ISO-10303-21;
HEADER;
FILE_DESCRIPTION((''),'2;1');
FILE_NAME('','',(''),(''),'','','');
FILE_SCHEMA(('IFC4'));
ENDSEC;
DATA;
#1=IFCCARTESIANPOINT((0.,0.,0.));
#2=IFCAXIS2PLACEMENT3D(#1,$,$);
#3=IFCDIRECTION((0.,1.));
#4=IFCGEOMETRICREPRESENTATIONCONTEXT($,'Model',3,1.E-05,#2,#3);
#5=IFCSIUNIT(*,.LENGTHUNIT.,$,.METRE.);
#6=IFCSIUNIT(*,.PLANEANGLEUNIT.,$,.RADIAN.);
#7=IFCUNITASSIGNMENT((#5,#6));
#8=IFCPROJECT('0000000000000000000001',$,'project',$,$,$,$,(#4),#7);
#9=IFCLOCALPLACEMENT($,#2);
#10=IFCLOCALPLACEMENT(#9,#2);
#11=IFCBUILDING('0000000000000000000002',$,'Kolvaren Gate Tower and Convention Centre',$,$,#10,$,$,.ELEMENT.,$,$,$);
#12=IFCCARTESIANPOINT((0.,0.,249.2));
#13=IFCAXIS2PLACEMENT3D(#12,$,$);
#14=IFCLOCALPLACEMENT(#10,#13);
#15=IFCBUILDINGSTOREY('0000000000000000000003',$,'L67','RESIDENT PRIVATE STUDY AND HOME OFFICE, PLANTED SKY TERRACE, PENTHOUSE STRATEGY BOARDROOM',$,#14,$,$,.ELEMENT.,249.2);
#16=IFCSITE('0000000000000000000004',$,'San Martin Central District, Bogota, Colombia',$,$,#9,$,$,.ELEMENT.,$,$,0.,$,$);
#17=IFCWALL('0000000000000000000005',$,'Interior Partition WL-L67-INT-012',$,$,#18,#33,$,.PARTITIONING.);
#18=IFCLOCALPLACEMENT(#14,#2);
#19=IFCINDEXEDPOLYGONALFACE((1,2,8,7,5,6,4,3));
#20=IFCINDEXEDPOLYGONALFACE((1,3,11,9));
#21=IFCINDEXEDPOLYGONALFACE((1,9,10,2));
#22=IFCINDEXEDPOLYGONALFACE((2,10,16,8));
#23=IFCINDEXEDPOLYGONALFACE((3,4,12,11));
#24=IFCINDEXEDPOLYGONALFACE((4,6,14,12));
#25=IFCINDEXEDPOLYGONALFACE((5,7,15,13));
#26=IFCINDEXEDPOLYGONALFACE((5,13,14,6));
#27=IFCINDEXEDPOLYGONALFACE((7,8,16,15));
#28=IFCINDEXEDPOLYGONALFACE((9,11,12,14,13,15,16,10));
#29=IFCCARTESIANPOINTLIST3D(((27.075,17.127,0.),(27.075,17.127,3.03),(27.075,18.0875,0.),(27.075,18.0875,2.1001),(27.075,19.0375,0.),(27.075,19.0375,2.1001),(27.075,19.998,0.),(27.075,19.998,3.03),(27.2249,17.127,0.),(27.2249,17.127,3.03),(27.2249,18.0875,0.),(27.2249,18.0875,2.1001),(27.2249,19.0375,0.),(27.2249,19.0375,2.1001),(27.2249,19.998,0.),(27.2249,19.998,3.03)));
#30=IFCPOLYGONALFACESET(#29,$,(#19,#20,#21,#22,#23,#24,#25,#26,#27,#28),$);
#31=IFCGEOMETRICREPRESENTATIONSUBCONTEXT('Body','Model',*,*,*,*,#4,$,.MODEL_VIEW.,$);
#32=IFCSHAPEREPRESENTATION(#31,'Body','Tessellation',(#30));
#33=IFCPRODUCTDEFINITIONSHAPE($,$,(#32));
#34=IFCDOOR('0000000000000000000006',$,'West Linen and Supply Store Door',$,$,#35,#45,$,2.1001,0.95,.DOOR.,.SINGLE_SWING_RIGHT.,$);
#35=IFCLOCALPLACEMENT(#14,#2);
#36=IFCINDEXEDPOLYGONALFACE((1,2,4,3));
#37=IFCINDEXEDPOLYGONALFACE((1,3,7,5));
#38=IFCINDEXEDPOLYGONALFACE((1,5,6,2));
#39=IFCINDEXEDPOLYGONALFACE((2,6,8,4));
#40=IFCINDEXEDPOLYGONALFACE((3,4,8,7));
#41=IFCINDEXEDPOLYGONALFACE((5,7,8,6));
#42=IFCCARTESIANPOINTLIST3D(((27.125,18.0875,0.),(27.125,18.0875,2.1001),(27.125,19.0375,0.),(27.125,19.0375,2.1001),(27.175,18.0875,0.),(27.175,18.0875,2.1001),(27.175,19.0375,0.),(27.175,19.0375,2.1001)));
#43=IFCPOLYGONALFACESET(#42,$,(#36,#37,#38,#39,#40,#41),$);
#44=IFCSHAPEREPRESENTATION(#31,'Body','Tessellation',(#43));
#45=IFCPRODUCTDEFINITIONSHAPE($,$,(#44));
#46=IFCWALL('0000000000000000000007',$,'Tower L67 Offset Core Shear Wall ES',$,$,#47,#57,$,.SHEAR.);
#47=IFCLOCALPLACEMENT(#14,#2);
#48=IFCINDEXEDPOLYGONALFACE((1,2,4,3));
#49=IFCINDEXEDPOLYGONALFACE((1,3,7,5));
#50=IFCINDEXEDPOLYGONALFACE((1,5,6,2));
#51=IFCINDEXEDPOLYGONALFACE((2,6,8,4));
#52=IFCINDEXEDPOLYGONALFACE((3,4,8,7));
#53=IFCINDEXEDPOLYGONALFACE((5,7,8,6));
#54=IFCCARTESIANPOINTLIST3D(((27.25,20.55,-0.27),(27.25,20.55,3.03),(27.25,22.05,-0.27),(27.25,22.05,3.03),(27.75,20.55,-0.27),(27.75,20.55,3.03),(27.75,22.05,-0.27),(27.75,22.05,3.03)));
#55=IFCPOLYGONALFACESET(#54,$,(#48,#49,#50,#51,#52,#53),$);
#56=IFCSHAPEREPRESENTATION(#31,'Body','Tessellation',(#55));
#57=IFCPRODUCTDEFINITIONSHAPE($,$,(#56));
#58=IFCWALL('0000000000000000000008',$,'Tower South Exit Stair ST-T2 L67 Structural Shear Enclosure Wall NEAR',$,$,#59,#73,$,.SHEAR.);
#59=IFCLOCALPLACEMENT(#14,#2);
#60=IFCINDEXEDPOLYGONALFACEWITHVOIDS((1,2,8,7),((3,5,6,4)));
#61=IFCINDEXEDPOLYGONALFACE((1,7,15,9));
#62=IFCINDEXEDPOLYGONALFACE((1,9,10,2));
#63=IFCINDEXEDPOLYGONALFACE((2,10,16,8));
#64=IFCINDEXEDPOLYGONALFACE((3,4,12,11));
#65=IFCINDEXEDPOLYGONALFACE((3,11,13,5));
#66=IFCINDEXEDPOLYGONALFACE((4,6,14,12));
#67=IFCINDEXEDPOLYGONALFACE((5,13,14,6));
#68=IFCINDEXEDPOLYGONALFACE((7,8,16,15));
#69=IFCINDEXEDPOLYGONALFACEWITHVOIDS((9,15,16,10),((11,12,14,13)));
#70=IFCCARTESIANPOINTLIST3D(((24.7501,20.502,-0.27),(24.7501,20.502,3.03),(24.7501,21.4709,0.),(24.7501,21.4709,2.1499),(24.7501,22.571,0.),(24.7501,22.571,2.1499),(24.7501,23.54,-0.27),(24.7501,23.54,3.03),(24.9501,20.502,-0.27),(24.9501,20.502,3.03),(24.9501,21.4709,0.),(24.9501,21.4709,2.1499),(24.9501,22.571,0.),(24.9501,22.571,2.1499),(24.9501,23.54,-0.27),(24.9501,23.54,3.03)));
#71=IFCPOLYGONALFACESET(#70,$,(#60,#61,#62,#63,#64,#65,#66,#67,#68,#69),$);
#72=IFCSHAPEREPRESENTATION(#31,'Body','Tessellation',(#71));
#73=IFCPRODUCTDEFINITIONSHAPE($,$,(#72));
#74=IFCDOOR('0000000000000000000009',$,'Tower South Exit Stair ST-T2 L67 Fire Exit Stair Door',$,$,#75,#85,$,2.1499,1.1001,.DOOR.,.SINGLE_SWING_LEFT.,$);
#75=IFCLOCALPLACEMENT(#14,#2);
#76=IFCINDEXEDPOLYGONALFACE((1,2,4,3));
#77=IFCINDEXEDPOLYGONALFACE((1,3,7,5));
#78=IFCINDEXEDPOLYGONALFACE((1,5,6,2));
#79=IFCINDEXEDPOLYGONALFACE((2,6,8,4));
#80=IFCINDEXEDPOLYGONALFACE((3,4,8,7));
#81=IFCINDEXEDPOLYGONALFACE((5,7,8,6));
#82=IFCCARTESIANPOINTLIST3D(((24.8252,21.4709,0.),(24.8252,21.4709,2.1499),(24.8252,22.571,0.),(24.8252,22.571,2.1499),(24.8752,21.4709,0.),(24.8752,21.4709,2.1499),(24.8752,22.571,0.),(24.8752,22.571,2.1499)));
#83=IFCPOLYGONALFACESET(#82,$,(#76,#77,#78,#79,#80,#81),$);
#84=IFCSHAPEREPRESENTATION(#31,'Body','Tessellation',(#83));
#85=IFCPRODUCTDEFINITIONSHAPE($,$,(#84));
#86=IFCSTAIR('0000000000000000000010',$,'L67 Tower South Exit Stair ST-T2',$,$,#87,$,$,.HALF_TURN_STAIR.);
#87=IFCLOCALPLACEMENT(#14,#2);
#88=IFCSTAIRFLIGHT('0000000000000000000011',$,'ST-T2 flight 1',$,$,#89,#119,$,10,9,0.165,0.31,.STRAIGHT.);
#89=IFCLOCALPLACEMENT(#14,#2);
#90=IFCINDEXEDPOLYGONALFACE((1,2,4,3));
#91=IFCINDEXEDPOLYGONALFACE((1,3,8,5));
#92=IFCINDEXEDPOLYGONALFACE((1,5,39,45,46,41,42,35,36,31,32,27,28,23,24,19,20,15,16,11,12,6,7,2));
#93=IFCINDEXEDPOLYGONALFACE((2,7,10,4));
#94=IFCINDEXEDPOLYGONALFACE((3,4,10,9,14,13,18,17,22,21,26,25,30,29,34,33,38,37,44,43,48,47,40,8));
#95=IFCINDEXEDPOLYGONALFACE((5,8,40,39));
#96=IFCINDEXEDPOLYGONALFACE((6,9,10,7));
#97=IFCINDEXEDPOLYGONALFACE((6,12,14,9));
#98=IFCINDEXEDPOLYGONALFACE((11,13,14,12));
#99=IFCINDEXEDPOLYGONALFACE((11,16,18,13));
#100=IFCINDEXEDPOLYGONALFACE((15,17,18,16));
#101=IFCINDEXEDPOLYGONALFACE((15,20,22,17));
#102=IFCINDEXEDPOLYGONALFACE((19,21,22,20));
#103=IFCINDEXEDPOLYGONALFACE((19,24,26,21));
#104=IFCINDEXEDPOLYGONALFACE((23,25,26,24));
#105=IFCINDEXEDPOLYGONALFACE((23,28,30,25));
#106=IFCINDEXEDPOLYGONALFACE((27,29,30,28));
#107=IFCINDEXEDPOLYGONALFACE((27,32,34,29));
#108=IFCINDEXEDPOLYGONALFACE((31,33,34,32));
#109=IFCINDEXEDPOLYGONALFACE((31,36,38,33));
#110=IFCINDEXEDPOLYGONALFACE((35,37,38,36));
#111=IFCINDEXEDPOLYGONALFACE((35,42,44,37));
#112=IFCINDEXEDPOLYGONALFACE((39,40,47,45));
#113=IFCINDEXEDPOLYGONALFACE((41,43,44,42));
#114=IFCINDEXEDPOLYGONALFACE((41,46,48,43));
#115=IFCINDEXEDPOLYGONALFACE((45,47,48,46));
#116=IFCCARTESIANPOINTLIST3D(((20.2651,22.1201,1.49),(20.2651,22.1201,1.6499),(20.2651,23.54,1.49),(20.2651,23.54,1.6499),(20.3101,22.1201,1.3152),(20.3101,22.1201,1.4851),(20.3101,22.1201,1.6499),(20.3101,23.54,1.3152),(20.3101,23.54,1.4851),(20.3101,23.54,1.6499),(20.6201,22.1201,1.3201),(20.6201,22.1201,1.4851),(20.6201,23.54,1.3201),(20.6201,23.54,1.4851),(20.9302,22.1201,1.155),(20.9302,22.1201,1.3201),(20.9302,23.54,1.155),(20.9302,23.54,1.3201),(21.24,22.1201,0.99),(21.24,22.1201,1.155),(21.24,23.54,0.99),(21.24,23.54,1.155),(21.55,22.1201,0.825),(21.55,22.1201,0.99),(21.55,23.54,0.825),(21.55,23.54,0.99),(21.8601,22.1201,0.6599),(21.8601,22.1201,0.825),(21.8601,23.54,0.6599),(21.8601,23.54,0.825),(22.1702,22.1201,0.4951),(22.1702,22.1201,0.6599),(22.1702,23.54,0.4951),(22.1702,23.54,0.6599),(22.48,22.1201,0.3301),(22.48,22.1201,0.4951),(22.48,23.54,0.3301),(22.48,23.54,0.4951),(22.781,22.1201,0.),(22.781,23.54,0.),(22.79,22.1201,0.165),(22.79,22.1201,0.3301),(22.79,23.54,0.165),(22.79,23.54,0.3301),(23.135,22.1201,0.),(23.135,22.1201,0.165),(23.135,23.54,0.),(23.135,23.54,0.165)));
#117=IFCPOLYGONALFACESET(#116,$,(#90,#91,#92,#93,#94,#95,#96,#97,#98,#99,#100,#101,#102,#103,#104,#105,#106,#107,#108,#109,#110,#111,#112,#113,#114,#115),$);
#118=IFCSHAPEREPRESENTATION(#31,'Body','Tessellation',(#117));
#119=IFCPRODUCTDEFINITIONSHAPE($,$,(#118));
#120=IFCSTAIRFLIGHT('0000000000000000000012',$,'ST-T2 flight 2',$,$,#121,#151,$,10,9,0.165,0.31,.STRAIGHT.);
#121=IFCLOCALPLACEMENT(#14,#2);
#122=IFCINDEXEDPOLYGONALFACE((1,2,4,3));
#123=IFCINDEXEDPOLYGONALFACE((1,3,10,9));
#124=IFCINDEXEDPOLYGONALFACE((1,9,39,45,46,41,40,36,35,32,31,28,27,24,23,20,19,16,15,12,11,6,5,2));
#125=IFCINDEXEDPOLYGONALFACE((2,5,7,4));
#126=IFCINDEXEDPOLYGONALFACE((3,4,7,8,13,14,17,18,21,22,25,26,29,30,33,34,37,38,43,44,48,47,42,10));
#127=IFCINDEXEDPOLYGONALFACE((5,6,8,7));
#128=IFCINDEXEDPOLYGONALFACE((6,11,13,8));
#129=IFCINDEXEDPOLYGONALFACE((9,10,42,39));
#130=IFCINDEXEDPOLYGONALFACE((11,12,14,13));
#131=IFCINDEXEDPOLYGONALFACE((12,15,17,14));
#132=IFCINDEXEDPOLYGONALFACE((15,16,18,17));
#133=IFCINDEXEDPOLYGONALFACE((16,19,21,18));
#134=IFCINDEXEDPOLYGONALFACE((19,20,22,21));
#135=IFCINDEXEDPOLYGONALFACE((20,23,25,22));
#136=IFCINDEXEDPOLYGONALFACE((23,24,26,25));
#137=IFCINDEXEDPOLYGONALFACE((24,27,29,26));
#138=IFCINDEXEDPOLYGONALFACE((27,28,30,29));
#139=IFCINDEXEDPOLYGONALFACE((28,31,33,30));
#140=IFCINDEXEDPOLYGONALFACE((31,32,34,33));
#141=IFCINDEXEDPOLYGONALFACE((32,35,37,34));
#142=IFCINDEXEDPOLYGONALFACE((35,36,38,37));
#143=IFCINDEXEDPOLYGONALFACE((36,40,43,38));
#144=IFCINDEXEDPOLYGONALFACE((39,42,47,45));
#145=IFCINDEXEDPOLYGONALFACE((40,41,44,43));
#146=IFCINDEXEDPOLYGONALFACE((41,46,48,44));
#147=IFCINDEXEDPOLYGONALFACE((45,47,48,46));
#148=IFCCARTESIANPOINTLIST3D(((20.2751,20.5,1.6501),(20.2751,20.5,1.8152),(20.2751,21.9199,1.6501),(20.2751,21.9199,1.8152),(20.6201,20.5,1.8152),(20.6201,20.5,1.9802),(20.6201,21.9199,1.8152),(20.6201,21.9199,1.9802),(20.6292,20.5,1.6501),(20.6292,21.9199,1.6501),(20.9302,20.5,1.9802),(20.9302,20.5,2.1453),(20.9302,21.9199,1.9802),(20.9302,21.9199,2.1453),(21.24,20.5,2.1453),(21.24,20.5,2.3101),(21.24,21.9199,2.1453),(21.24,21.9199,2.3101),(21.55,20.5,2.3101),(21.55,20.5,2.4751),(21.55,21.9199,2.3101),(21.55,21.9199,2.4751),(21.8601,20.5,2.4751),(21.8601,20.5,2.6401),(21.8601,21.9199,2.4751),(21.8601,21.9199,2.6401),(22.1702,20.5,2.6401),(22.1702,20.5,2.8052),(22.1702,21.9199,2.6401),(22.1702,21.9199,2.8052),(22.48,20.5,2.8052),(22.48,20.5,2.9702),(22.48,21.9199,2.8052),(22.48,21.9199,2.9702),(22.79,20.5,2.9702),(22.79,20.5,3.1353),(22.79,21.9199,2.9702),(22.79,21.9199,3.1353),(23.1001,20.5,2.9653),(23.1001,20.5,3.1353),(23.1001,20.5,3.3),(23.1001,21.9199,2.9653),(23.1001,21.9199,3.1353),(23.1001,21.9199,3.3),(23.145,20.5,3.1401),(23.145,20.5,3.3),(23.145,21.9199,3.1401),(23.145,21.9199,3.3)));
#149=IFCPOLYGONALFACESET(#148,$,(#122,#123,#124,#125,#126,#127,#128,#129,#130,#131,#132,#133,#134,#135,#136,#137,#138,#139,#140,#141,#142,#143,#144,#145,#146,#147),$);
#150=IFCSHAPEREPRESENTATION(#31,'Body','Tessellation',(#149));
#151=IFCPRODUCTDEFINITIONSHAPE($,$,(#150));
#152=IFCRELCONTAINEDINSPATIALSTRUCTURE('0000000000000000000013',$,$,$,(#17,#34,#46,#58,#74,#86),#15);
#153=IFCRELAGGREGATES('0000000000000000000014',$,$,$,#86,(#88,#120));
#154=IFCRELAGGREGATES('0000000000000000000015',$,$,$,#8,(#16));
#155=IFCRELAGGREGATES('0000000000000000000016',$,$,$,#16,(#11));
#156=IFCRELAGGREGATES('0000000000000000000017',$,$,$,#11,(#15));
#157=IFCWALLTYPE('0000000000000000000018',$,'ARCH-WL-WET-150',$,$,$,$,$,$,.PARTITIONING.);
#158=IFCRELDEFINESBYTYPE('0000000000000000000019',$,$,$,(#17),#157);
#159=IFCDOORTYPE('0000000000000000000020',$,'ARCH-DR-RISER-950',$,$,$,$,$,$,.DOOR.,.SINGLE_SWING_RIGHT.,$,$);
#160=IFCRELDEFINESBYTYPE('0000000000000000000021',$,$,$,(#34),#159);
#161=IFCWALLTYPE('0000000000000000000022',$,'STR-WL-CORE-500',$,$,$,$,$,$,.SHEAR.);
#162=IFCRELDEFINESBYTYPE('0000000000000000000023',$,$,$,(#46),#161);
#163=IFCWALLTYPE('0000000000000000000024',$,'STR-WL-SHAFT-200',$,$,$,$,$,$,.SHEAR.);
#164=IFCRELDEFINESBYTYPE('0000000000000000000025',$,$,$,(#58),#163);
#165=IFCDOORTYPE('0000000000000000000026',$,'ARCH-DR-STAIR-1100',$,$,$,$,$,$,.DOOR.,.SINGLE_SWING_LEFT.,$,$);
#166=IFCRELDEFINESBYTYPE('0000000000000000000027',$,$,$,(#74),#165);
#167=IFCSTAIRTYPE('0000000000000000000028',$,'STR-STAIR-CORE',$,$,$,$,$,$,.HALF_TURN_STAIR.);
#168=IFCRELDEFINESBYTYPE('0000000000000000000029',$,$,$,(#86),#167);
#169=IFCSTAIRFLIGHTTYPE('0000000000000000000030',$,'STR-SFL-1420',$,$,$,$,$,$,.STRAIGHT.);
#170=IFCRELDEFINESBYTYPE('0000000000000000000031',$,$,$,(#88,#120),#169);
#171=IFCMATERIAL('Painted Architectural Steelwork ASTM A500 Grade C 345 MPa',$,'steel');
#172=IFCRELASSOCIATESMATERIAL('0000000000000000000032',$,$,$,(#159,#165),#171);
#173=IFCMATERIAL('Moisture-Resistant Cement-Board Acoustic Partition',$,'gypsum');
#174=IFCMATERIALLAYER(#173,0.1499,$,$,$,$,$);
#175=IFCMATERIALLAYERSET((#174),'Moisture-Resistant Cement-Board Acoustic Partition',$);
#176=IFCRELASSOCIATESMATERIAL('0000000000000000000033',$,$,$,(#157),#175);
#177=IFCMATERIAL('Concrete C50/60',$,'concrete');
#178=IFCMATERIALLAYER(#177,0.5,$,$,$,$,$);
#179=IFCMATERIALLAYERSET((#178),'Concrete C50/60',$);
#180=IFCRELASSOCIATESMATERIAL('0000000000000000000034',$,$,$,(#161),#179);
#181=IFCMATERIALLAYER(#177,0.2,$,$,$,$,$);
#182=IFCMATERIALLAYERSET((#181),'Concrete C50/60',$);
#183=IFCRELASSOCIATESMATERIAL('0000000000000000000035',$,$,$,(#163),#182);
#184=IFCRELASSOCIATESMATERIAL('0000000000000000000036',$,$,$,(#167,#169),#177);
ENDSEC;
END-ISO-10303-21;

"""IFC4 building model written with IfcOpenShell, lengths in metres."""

from ifc_helpers import new_model, si_unit, direction, frame, frame_2d, origin, place, context, subcontext, project, spatial, polyline, rectangle, outline, extrude, material, layer, layer_set, type_object, element, fill, aggregate, save


model = new_model("IFC4")

# Units and contexts
model_context = context("Model", 3, precision=1e-05, world=origin(), true_north=direction((0.0, 1.0)))
body_context = subcontext(model_context, "Body", "Model", "MODEL_VIEW")
ifc_project = project(units=[si_unit("LENGTHUNIT", "METRE"), si_unit("PLANEANGLEUNIT", "RADIAN")], contexts=[model_context])

# Site, building, storey
site_placement = place(None, origin())
site = spatial("IfcSite", under=ifc_project, at=site_placement, Name="San Martin Central District, Bogota, Colombia", CompositionType="ELEMENT", RefElevation=0.0)
building_placement = place(site_placement, origin())
building = spatial("IfcBuilding", under=site, at=building_placement, Name="Kolvaren Gate Tower and Convention Centre", CompositionType="ELEMENT")
storey_placement = place(building_placement, frame((0.0, 0.0, 249.2)))
storey = spatial("IfcBuildingStorey", under=building, at=storey_placement, Name="L67", Description="RESIDENT PRIVATE STUDY AND HOME OFFICE, PLANTED SKY TERRACE, PENTHOUSE STRATEGY BOARDROOM", CompositionType="ELEMENT", Elevation=249.2)

# Shared definitions
ifc_material_1 = material(Name="Painted Architectural Steelwork ASTM A500 Grade C 345 MPa", Category="steel")
door_type_1 = type_object("IfcDoorType", Name="ARCH-DR-RISER-950", OperationType="SINGLE_SWING_RIGHT", PredefinedType="DOOR", material=ifc_material_1)

# Wall, opening, door
ifc_material_2 = material(Name="Moisture-Resistant Cement-Board Acoustic Partition", Category="gypsum")
ifc_layer_1 = layer(ifc_material_2, 0.1499)
ifc_layer_set_1 = layer_set([ifc_layer_1], Name="Moisture-Resistant Cement-Board Acoustic Partition")
wall_type_1 = type_object("IfcWallType", Name="ARCH-WL-WET-150", PredefinedType="PARTITIONING", material=ifc_layer_set_1)
wall_1_placement = place(storey_placement, frame((27.1499, 17.127, 0.0), z_axis=(0.0, 0.0, 1.0), x_axis=(0.0, 1.0, 0.0)))
wall_1 = element("IfcWall", 1, at=wall_1_placement, inside=storey, type_object=wall_type_1, Name="Interior Partition WL-L67-INT-012", PredefinedType="PARTITIONING", context=body_context, shape_type="SweptSolid", body=[
    extrude(rectangle(XDim=2.8711, YDim=0.1499, at=frame_2d((1.4355, 0.0))), origin(), (0.0, 0.0, 1.0), 3.03),
])
opening_1_placement = place(wall_1_placement, frame((0.9604, 0.0, 0.0)))
opening_1 = element("IfcOpeningElement", 2, at=opening_1_placement, cuts=wall_1, PredefinedType="OPENING", context=body_context, shape_type="SweptSolid", body=[
    extrude(rectangle(XDim=0.95, YDim=2.1001, at=frame_2d((0.4751, 1.05))), frame((0.0, 0.085, 0.0), z_axis=(0.0, -1.0, 0.0), x_axis=(1.0, 0.0, 0.0)), (0.0, 0.0, 1.0), 0.1699),
])
door_1_placement = place(opening_1_placement, origin())
door_1 = element("IfcDoor", 3, at=door_1_placement, inside=storey, type_object=door_type_1, Name="West Linen and Supply Store Door", OperationType="SINGLE_SWING_RIGHT", OverallHeight=2.1001, OverallWidth=0.95, PredefinedType="DOOR", context=body_context, shape_type="SweptSolid", body=[
    extrude(rectangle(XDim=0.95, YDim=2.1001, at=frame_2d((0.4751, 1.05))), frame((0.0, 0.0249, 0.0), z_axis=(0.0, -1.0, 0.0), x_axis=(1.0, 0.0, 0.0)), (0.0, 0.0, 1.0), 0.05),
])
fill(opening_1, door_1)

# Wall
ifc_material_3 = material(Name="Concrete C50/60", Category="concrete")
ifc_layer_2 = layer(ifc_material_3, 0.5)
ifc_layer_set_2 = layer_set([ifc_layer_2], Name="Concrete C50/60")
wall_type_2 = type_object("IfcWallType", Name="STR-WL-CORE-500", PredefinedType="SHEAR", material=ifc_layer_set_2)
wall_2_placement = place(storey_placement, frame((27.5, 20.55, -0.27), z_axis=(0.0, 0.0, 1.0), x_axis=(0.0, 1.0, 0.0)))
element("IfcWall", 4, at=wall_2_placement, inside=storey, type_object=wall_type_2, Name="Tower L67 Offset Core Shear Wall ES", PredefinedType="SHEAR", context=body_context, shape_type="SweptSolid", body=[
    extrude(rectangle(XDim=1.5, YDim=0.5, at=frame_2d((0.75, 0.0))), origin(), (0.0, 0.0, 1.0), 3.3),
])

# Wall, opening, door
ifc_layer_3 = layer(ifc_material_3, 0.2)
ifc_layer_set_3 = layer_set([ifc_layer_3], Name="Concrete C50/60")
wall_type_3 = type_object("IfcWallType", Name="STR-WL-SHAFT-200", PredefinedType="SHEAR", material=ifc_layer_set_3)
wall_3_placement = place(storey_placement, frame((24.8501, 20.502, -0.27), z_axis=(0.0, 0.0, 1.0), x_axis=(0.0, 1.0, 0.0)))
wall_3 = element("IfcWall", 5, at=wall_3_placement, inside=storey, type_object=wall_type_3, Name="Tower South Exit Stair ST-T2 L67 Structural Shear Enclosure Wall NEAR", PredefinedType="SHEAR", context=body_context, shape_type="SweptSolid", body=[
    extrude(rectangle(XDim=3.0381, YDim=0.2, at=frame_2d((1.519, 0.0))), origin(), (0.0, 0.0, 1.0), 3.3),
])
opening_2_placement = place(wall_3_placement, frame((0.969, 0.0, 0.27)))
opening_2 = element("IfcOpeningElement", 6, at=opening_2_placement, cuts=wall_3, PredefinedType="OPENING", context=body_context, shape_type="SweptSolid", body=[
    extrude(rectangle(XDim=1.1001, YDim=2.1499, at=frame_2d((0.55, 1.075))), frame((0.0, 0.1099, 0.0), z_axis=(0.0, -1.0, 0.0), x_axis=(1.0, 0.0, 0.0)), (0.0, 0.0, 1.0), 0.22),
])
door_type_2 = type_object("IfcDoorType", Name="ARCH-DR-STAIR-1100", OperationType="SINGLE_SWING_LEFT", PredefinedType="DOOR", material=ifc_material_1)
door_2_placement = place(opening_2_placement, origin())
door_2 = element("IfcDoor", 7, at=door_2_placement, inside=storey, type_object=door_type_2, Name="Tower South Exit Stair ST-T2 L67 Fire Exit Stair Door", OperationType="SINGLE_SWING_LEFT", OverallHeight=2.1499, OverallWidth=1.1001, PredefinedType="DOOR", context=body_context, shape_type="SweptSolid", body=[
    extrude(rectangle(XDim=1.1001, YDim=2.1499, at=frame_2d((0.55, 1.075))), frame((0.0, 0.0249, 0.0), z_axis=(0.0, -1.0, 0.0), x_axis=(1.0, 0.0, 0.0)), (0.0, 0.0, 1.0), 0.05),
])
fill(opening_2, door_2)

# Stair, stair flights
stair_type = type_object("IfcStairType", Name="STR-STAIR-CORE", PredefinedType="HALF_TURN_STAIR", material=ifc_material_3)
stair_placement = place(storey_placement, origin())
stair = element("IfcStair", 8, at=stair_placement, inside=storey, type_object=stair_type, Name="L67 Tower South Exit Stair ST-T2", PredefinedType="HALF_TURN_STAIR")
stair_flight_type = type_object("IfcStairFlightType", Name="STR-SFL-1420", PredefinedType="STRAIGHT", material=ifc_material_3)
stair_flight_1_placement = place(storey_placement, frame((23.1001, 22.8301, 0.0), z_axis=(0.0, 0.0, 1.0), x_axis=(-1.0, 0.0, 0.0)))
stair_flight_1 = element("IfcStairFlight", 9, at=stair_flight_1_placement, type_object=stair_flight_type, Name="ST-T2 flight 1", NumberOfRisers=10, NumberOfTreads=9, PredefinedType="STRAIGHT", RiserHeight=0.165, TreadLength=0.31, context=body_context, shape_type="SweptSolid", body=[
    extrude(outline(polyline([(-0.0349, 0.0), (-0.0349, 0.165), (0.3101, 0.165), (0.3101, 0.3301), (0.6201, 0.3301), (0.6201, 0.4951), (0.9299, 0.4951), (0.9299, 0.6599), (1.24, 0.6599), (1.24, 0.825), (1.55, 0.825), (1.55, 0.99), (1.8601, 0.99), (1.8601, 1.155), (2.1699, 1.155), (2.1699, 1.3201), (2.48, 1.3201), (2.48, 1.4851), (2.79, 1.4851), (2.79, 1.6499), (2.835, 1.6499), (2.835, 1.49), (2.79, 1.3152), (0.3191, 0.0), (-0.0349, 0.0)])), frame((0.0, 0.71, 0.0), z_axis=(0.0, -1.0, 0.0), x_axis=(1.0, 0.0, 0.0)), (0.0, 0.0, 1.0), 1.4199),
])
stair_flight_2_placement = place(storey_placement, frame((20.3101, 21.21, 1.6501), z_axis=(0.0, 0.0, 1.0), x_axis=(1.0, 0.0, 0.0)))
stair_flight_2 = element("IfcStairFlight", 10, at=stair_flight_2_placement, type_object=stair_flight_type, Name="ST-T2 flight 2", NumberOfRisers=10, NumberOfTreads=9, PredefinedType="STRAIGHT", RiserHeight=0.165, TreadLength=0.31, context=body_context, shape_type="SweptSolid", body=[
    extrude(outline(polyline([(-0.0349, 0.0), (-0.0349, 0.165), (0.3101, 0.165), (0.3101, 0.3301), (0.6201, 0.3301), (0.6201, 0.4951), (0.9299, 0.4951), (0.9299, 0.6599), (1.24, 0.6599), (1.24, 0.825), (1.55, 0.825), (1.55, 0.99), (1.8601, 0.99), (1.8601, 1.155), (2.1699, 1.155), (2.1699, 1.3201), (2.48, 1.3201), (2.48, 1.4851), (2.79, 1.4851), (2.79, 1.6499), (2.835, 1.6499), (2.835, 1.49), (2.79, 1.3152), (0.3191, 0.0), (-0.0349, 0.0)])), frame((0.0, 0.71, 0.0), z_axis=(0.0, -1.0, 0.0), x_axis=(1.0, 0.0, 0.0)), (0.0, 0.0, 1.0), 1.4199),
])
aggregate(stair, [stair_flight_1, stair_flight_2])

save(model, "model.ifc")
